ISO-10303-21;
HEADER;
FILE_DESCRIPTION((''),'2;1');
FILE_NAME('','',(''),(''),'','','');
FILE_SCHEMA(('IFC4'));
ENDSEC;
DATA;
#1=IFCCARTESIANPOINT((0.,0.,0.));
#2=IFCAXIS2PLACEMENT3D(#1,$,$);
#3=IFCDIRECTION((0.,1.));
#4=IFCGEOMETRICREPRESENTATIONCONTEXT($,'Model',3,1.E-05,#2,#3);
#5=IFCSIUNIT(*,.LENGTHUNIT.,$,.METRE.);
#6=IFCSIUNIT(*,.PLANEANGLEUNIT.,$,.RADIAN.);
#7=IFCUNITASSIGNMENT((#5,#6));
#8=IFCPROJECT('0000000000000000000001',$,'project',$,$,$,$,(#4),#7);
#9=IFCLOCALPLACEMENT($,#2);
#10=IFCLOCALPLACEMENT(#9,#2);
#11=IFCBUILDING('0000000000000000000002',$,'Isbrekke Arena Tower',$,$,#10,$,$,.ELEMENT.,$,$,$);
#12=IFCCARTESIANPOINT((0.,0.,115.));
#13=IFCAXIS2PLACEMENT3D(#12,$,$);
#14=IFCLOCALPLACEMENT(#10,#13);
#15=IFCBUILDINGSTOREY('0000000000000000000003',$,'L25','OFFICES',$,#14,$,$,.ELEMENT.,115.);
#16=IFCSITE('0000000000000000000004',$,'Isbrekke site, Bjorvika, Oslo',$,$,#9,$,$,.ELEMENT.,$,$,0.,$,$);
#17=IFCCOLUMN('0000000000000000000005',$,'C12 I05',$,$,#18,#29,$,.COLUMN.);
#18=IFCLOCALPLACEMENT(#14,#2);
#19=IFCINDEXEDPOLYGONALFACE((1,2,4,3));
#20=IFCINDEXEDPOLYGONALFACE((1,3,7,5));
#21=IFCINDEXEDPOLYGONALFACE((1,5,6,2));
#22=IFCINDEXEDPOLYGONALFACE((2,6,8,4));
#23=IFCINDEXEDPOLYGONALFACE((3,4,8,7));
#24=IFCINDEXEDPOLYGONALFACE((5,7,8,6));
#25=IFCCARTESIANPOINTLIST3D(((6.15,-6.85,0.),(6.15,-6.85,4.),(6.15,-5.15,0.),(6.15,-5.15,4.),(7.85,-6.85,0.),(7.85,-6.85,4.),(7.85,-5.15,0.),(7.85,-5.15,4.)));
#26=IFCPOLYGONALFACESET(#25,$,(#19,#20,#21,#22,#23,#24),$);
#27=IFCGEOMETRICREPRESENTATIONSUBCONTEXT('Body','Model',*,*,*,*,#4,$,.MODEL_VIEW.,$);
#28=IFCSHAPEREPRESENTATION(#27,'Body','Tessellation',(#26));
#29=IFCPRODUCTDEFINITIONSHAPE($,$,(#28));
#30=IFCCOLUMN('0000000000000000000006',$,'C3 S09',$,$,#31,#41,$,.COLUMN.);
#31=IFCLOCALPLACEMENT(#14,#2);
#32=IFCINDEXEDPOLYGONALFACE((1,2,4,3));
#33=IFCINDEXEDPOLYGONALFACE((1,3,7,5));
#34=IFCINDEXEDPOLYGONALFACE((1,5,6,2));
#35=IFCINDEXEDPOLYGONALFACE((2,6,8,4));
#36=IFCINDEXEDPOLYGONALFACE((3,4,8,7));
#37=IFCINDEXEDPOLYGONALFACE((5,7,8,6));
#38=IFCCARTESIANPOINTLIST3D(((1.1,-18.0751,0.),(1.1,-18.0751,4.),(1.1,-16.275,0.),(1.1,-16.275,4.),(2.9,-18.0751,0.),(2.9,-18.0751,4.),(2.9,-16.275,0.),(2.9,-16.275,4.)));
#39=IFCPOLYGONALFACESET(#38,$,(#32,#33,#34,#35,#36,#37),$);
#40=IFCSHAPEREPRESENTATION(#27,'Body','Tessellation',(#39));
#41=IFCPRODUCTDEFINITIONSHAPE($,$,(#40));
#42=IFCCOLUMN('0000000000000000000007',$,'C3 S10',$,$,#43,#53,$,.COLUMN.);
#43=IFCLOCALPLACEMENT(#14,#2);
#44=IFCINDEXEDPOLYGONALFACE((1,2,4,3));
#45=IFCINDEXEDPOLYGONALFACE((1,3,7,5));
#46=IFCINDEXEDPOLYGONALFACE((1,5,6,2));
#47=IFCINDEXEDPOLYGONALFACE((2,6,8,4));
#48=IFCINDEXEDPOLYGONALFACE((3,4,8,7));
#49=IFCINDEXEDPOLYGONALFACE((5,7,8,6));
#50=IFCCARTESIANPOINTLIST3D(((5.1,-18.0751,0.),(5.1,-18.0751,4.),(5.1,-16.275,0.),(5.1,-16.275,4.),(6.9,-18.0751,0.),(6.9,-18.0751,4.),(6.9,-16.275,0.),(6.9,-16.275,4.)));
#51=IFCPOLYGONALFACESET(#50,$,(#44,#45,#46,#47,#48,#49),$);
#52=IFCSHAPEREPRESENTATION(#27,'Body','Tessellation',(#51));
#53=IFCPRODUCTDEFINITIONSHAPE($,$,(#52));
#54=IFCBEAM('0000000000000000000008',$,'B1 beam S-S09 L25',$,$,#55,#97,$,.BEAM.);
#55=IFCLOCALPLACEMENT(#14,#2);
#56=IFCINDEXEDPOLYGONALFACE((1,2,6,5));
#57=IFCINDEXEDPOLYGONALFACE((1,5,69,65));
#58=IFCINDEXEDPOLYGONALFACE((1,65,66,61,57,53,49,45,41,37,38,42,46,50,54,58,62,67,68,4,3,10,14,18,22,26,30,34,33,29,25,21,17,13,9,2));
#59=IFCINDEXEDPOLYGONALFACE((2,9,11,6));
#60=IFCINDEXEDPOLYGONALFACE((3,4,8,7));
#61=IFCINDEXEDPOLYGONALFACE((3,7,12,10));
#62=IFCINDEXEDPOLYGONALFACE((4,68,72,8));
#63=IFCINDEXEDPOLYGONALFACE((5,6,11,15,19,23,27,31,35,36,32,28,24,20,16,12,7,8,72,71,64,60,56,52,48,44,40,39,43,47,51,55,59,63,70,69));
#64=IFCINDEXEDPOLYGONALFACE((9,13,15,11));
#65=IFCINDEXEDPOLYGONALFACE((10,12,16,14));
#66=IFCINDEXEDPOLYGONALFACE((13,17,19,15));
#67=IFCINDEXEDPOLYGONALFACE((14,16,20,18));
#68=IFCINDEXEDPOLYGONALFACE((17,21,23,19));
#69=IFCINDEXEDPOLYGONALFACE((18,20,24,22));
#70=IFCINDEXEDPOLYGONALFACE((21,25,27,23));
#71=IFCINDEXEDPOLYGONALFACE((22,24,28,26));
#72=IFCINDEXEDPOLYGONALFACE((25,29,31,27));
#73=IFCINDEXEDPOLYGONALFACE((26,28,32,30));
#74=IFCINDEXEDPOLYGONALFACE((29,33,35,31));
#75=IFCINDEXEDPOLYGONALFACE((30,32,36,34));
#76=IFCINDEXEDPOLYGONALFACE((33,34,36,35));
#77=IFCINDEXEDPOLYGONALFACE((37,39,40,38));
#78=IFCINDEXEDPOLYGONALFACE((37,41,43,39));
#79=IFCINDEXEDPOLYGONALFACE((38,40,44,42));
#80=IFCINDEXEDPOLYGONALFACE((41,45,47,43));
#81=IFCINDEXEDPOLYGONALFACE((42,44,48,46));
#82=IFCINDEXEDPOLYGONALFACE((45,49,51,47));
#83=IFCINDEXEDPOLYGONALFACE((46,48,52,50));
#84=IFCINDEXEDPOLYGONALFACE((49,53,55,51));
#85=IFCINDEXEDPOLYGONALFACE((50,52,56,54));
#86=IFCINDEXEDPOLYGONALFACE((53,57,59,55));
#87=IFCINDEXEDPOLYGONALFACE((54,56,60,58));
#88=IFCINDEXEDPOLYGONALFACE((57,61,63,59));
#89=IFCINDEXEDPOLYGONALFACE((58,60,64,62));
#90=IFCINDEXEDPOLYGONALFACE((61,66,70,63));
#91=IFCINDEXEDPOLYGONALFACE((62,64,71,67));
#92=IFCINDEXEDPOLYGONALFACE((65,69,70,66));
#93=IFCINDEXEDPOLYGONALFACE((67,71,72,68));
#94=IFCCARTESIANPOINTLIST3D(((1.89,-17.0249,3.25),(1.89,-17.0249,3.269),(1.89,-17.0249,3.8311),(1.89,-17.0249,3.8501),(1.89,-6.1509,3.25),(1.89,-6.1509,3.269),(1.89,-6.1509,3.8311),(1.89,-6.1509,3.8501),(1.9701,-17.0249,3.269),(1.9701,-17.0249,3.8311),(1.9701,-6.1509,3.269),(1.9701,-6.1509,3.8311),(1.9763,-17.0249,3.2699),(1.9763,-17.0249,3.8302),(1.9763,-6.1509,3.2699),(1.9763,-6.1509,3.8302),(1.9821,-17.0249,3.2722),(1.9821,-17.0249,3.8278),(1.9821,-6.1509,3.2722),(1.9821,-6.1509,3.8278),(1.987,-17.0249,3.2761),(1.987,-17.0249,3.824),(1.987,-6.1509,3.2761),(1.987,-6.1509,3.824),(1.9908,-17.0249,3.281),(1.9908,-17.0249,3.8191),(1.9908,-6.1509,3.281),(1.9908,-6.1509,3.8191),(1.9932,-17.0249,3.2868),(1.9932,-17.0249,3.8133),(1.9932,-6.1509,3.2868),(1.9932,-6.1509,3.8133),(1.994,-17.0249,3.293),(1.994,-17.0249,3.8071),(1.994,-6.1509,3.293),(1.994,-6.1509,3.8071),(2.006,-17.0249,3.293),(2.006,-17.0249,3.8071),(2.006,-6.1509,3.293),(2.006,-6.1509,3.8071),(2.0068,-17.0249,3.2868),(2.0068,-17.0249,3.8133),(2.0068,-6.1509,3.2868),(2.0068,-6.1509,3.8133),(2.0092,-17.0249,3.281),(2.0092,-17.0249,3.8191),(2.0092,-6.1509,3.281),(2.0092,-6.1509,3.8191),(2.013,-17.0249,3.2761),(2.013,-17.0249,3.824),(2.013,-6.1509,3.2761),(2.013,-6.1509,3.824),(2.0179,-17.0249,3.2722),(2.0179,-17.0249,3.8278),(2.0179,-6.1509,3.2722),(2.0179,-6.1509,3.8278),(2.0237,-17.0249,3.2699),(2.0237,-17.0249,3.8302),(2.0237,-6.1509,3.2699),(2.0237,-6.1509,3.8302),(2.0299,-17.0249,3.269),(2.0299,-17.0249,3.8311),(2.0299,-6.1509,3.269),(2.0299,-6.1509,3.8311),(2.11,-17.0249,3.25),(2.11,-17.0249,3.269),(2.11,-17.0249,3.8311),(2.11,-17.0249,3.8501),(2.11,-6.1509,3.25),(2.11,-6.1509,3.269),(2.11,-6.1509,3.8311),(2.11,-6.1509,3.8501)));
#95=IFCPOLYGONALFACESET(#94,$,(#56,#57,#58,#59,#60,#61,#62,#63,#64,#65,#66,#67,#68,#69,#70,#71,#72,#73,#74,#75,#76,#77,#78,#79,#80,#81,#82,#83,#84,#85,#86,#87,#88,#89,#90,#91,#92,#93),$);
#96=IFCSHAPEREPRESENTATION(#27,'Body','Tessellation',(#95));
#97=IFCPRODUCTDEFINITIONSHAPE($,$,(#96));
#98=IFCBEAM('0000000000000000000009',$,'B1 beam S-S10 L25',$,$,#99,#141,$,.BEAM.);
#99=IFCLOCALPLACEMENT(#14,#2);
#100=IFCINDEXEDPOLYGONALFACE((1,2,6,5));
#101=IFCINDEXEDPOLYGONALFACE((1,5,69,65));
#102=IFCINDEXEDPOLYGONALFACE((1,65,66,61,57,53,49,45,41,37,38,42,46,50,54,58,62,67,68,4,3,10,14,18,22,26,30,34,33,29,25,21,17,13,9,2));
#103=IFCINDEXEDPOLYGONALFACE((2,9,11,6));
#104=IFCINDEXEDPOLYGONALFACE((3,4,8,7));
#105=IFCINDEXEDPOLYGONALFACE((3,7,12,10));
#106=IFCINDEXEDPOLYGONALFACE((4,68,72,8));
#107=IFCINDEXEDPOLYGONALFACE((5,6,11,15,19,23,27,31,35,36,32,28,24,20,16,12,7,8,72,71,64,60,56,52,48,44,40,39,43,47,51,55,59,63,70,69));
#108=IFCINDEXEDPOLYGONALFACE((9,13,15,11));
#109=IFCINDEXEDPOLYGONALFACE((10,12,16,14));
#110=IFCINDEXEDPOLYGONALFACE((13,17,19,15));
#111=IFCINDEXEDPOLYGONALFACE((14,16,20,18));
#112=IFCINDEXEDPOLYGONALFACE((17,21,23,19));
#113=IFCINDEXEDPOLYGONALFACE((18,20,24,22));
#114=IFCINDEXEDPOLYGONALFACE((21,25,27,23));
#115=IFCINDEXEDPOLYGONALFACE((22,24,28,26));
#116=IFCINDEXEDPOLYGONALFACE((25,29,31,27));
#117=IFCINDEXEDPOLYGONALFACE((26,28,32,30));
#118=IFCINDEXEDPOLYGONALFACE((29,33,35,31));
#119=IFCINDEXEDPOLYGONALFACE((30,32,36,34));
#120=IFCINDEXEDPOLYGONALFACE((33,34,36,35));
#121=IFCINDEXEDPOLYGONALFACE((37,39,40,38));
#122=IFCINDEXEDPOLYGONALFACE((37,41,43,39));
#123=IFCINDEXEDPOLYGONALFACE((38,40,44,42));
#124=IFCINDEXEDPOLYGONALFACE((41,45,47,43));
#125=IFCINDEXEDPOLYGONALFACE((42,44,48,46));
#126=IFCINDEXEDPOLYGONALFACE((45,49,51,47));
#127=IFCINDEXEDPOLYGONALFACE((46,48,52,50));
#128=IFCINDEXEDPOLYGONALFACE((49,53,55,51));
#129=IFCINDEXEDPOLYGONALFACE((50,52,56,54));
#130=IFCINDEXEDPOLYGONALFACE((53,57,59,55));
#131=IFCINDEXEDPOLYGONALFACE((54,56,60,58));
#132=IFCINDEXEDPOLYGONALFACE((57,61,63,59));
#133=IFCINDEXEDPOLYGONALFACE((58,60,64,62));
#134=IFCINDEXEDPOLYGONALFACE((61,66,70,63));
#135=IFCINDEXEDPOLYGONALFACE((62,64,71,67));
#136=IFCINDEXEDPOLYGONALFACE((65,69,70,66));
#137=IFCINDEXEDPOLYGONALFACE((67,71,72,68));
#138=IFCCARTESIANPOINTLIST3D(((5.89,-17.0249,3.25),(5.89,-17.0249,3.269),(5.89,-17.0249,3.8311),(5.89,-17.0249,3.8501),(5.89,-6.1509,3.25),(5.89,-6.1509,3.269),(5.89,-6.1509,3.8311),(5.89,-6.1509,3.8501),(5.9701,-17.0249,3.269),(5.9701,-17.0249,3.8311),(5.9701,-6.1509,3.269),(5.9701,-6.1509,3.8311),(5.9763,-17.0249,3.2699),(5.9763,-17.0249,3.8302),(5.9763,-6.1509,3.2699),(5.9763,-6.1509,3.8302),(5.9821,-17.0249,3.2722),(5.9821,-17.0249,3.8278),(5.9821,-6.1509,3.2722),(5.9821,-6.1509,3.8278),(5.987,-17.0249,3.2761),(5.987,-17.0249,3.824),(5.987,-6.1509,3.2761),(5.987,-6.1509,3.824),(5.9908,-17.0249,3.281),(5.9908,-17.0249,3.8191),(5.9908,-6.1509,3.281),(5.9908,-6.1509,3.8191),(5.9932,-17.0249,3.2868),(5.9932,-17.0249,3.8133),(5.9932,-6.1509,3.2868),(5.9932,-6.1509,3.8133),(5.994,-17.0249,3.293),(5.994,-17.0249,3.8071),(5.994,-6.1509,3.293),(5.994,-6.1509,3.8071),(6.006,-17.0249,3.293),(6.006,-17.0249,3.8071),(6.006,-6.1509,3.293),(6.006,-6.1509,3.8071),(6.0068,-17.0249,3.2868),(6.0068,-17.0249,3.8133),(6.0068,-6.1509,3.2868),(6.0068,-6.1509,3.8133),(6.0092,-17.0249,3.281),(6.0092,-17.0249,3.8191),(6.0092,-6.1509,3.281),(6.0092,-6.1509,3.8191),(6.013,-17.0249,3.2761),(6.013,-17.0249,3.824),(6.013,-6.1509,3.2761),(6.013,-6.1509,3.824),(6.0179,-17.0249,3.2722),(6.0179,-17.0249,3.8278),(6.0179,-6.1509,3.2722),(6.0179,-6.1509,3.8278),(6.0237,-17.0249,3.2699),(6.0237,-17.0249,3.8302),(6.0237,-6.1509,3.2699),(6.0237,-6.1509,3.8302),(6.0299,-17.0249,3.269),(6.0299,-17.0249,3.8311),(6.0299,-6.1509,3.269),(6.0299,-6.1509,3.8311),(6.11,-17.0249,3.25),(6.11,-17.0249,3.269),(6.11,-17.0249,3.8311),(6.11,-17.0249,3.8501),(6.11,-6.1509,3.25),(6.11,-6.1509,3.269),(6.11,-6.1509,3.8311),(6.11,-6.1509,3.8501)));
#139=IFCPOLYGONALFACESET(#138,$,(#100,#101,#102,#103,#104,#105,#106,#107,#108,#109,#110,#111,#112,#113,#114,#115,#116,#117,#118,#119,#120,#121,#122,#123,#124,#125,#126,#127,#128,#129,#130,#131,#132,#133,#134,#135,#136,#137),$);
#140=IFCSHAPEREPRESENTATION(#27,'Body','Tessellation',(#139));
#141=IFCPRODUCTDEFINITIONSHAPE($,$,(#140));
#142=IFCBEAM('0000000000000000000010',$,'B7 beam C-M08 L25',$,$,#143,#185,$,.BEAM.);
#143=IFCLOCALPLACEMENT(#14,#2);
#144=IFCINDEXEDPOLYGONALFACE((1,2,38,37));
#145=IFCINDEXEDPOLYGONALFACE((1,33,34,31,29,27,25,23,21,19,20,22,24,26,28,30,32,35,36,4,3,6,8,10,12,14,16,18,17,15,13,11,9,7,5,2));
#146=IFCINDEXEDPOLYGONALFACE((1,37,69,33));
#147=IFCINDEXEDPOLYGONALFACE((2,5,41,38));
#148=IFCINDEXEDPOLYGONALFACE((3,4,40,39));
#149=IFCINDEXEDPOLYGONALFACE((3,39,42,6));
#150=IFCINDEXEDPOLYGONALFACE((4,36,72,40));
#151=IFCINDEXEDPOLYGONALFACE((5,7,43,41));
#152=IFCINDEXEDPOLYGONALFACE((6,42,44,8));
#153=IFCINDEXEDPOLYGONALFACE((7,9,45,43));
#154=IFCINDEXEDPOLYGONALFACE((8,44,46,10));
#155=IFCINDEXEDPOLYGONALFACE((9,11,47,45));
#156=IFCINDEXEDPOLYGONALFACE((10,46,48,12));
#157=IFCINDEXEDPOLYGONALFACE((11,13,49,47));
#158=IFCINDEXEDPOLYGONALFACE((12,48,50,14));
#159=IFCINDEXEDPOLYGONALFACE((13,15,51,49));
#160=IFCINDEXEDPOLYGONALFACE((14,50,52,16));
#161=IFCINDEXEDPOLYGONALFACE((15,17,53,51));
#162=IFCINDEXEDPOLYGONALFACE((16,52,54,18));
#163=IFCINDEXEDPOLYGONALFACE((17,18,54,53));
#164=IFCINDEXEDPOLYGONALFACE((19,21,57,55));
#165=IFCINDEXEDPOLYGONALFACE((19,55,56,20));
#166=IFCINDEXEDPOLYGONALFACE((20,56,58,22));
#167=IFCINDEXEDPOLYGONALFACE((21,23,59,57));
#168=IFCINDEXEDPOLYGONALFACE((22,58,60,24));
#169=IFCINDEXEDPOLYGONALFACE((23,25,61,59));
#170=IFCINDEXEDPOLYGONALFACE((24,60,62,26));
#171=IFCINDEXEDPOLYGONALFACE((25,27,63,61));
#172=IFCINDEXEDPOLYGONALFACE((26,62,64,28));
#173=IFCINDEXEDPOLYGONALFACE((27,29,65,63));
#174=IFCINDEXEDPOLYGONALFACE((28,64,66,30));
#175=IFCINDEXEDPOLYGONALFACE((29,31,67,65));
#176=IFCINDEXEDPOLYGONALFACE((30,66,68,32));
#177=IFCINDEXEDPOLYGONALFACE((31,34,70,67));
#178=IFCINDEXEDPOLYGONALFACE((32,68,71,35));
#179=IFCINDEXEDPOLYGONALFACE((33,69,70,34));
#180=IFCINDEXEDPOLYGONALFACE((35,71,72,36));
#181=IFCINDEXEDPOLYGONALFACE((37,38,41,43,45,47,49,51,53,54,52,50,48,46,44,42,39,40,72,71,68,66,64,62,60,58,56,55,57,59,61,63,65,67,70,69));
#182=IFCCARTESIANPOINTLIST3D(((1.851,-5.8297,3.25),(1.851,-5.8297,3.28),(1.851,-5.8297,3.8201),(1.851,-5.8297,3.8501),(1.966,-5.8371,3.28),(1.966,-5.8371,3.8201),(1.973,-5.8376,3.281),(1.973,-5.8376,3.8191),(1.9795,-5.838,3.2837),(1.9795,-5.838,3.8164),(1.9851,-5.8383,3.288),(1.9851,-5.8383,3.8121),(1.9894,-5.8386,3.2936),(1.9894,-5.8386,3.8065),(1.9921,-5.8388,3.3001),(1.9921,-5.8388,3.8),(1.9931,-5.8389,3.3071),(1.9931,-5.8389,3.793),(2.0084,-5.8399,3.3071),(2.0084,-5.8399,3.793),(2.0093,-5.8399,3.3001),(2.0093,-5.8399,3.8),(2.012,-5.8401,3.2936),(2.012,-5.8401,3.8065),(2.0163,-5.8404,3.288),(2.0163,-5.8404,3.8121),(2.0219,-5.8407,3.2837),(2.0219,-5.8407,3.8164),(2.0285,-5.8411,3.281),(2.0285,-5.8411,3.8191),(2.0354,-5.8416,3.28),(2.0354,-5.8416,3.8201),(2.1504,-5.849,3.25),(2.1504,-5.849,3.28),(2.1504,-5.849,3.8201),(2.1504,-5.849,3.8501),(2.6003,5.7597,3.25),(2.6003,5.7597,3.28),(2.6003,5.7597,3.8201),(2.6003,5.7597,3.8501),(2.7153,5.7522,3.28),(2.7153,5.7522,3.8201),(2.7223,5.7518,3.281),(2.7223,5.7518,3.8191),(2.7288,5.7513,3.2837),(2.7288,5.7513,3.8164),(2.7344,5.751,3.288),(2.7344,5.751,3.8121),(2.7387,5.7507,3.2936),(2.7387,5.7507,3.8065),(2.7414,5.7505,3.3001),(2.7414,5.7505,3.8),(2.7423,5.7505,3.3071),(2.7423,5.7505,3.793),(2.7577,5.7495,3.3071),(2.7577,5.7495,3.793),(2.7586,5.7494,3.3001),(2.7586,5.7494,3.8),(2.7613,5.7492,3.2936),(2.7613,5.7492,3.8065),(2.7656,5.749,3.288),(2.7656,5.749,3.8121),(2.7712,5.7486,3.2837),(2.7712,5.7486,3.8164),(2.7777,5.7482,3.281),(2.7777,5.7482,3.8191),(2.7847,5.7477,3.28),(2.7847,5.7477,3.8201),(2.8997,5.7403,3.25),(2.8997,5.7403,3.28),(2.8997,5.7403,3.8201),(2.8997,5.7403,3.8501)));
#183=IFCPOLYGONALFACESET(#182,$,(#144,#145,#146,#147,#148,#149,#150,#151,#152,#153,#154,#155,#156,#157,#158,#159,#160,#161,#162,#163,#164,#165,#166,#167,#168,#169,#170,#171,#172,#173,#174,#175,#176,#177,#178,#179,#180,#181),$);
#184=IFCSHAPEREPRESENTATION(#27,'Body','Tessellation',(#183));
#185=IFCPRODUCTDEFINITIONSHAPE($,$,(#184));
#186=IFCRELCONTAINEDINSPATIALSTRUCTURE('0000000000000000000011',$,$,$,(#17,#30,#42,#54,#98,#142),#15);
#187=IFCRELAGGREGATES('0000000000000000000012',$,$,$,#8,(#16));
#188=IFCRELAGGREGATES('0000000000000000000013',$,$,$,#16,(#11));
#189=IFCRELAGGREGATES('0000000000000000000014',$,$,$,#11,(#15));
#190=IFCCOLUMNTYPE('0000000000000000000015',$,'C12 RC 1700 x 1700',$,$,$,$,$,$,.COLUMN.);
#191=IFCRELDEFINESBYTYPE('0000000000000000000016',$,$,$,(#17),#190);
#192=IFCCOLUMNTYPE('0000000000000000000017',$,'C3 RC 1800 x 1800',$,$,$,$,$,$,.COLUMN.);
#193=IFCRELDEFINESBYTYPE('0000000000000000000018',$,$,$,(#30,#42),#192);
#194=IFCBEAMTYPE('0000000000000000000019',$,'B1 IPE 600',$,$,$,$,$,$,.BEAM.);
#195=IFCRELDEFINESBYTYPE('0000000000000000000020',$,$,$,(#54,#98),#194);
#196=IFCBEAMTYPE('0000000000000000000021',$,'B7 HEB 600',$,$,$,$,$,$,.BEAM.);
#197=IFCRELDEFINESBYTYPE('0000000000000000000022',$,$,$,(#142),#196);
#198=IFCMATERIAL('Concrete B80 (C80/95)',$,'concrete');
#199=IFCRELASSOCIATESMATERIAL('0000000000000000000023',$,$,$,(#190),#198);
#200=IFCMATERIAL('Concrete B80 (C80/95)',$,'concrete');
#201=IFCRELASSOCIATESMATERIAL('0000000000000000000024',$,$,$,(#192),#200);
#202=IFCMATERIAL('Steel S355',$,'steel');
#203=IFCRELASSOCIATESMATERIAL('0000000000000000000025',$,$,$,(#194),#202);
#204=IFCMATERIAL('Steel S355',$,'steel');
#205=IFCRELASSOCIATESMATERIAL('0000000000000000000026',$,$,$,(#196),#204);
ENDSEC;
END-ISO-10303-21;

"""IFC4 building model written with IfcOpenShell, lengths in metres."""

from ifc_helpers import new_model, si_unit, direction, frame, origin, origin_2d, place, context, subcontext, project, spatial, rectangle, i_section, extrude, material, material_profile, profile_set, type_object, element, save


model = new_model("IFC4")

# Units and contexts
model_context = context("Model", 3, precision=1e-05, world=origin(), true_north=direction((0.0, 1.0)))
body_context = subcontext(model_context, "Body", "Model", "MODEL_VIEW")
ifc_project = project(units=[si_unit("LENGTHUNIT", "METRE"), si_unit("PLANEANGLEUNIT", "RADIAN")], contexts=[model_context])

# Site, building, storey
site_placement = place(None, origin())
site = spatial("IfcSite", under=ifc_project, at=site_placement, Name="Isbrekke site, Bjorvika, Oslo", CompositionType="ELEMENT", RefElevation=0.0)
building_placement = place(site_placement, origin())
building = spatial("IfcBuilding", under=site, at=building_placement, Name="Isbrekke Arena Tower", CompositionType="ELEMENT")
storey_placement = place(building_placement, frame((0.0, 0.0, 115.0)))
storey = spatial("IfcBuildingStorey", under=building, at=storey_placement, Name="L25", Description="OFFICES", CompositionType="ELEMENT", Elevation=115.0)

# Columns
ifc_material_1 = material(Name="Concrete B80 (C80/95)", Category="concrete")
ifc_material_profile_1 = material_profile(ifc_material_1, rectangle(XDim=1.7, YDim=1.7, at=origin_2d()), Name="RC 1700x1700")
ifc_profile_set_1 = profile_set([ifc_material_profile_1], Name="Concrete B80 (C80/95)")
column_type_1 = type_object("IfcColumnType", Name="C12 RC 1700 x 1700", PredefinedType="COLUMN", material=ifc_profile_set_1)
column_placement = place(storey_placement, frame((7.0, -6.0, 0.0), z_axis=(0.0, 0.0, 1.0), x_axis=(1.0, 0.0, 0.0)))
element("IfcColumn", 1, at=column_placement, inside=storey, type_object=column_type_1, Name="C12 I05", PredefinedType="COLUMN", context=body_context, shape_type="SweptSolid", body=[
    extrude(rectangle(XDim=1.7, YDim=1.7, at=origin_2d()), origin(), (0.0, 0.0, 1.0), 4.0),
])
ifc_material_2 = material(Name="Concrete B80 (C80/95)", Category="concrete")
ifc_material_profile_2 = material_profile(ifc_material_2, rectangle(XDim=1.8, YDim=1.8, at=origin_2d()), Name="RC 1800x1800")
ifc_profile_set_2 = profile_set([ifc_material_profile_2], Name="Concrete B80 (C80/95)")
column_type_2 = type_object("IfcColumnType", Name="C3 RC 1800 x 1800", PredefinedType="COLUMN", material=ifc_profile_set_2)
for number, where, z_axis, x_axis, name in (
    (2, (2.0, -17.175, 0.0), (0.0, 0.0, 1.0), (1.0, 0.0, 0.0), "C3 S09"),
    (3, (6.0, -17.175, 0.0), (0.0, 0.0, 1.0), (1.0, 0.0, 0.0), "C3 S10"),
):
    element("IfcColumn", number, at=place(storey_placement, frame(where, z_axis=z_axis, x_axis=x_axis)), inside=storey, type_object=column_type_2, Name=name, PredefinedType="COLUMN", context=body_context, shape_type="SweptSolid", body=[
        extrude(rectangle(XDim=1.8, YDim=1.8, at=origin_2d()), origin(), (0.0, 0.0, 1.0), 4.0),
    ])

# Beams
ifc_material_3 = material(Name="Steel S355", Category="steel")
ifc_material_profile_3 = material_profile(ifc_material_3, i_section(OverallWidth=0.22, OverallDepth=0.6001, WebThickness=0.012, FlangeThickness=0.019, FilletRadius=0.0239, at=origin_2d()), Name="IPE 600")
ifc_profile_set_3 = profile_set([ifc_material_profile_3], Name="Steel S355")
beam_type_1 = type_object("IfcBeamType", Name="B1 IPE 600", PredefinedType="BEAM", material=ifc_profile_set_3)
for number, where, z_axis, x_axis, name in (
    (4, (2.0, -17.0249, 3.55), (0.0, 1.0, 0.0), (-1.0, 0.0, 0.0), "B1 beam S-S09 L25"),
    (5, (6.0, -17.0249, 3.55), (0.0, 1.0, 0.0), (-1.0, 0.0, 0.0), "B1 beam S-S10 L25"),
):
    element("IfcBeam", number, at=place(storey_placement, frame(where, z_axis=z_axis, x_axis=x_axis)), inside=storey, type_object=beam_type_1, Name=name, PredefinedType="BEAM", context=body_context, shape_type="SweptSolid", body=[
        extrude(i_section(OverallWidth=0.22, OverallDepth=0.6001, WebThickness=0.012, FlangeThickness=0.019, FilletRadius=0.0239, at=origin_2d()), origin(), (0.0, 0.0, 1.0), 10.874),
    ])
ifc_material_4 = material(Name="Steel S355", Category="steel")
ifc_material_profile_4 = material_profile(ifc_material_4, i_section(OverallWidth=0.3, OverallDepth=0.6001, WebThickness=0.0154, FlangeThickness=0.03, FilletRadius=0.0271, at=origin_2d()), Name="HEB 600")
ifc_profile_set_4 = profile_set([ifc_material_profile_4], Name="Steel S355")
beam_type_2 = type_object("IfcBeamType", Name="B7 HEB 600", PredefinedType="BEAM", material=ifc_profile_set_4)
beam_1_placement = place(storey_placement, frame((2.0007, -5.8394, 3.55), z_axis=(0.064517, 0.997917, 0.0), x_axis=(-0.997917, 0.064517, 0.0)))
element("IfcBeam", 6, at=beam_1_placement, inside=storey, type_object=beam_type_2, Name="B7 beam C-M08 L25", PredefinedType="BEAM", context=body_context, shape_type="SweptSolid", body=[
    extrude(i_section(OverallWidth=0.3, OverallDepth=0.6001, WebThickness=0.0154, FlangeThickness=0.03, FilletRadius=0.0271, at=origin_2d()), origin(), (0.0, 0.0, 1.0), 11.6135),
])

save(model, "model.ifc")
